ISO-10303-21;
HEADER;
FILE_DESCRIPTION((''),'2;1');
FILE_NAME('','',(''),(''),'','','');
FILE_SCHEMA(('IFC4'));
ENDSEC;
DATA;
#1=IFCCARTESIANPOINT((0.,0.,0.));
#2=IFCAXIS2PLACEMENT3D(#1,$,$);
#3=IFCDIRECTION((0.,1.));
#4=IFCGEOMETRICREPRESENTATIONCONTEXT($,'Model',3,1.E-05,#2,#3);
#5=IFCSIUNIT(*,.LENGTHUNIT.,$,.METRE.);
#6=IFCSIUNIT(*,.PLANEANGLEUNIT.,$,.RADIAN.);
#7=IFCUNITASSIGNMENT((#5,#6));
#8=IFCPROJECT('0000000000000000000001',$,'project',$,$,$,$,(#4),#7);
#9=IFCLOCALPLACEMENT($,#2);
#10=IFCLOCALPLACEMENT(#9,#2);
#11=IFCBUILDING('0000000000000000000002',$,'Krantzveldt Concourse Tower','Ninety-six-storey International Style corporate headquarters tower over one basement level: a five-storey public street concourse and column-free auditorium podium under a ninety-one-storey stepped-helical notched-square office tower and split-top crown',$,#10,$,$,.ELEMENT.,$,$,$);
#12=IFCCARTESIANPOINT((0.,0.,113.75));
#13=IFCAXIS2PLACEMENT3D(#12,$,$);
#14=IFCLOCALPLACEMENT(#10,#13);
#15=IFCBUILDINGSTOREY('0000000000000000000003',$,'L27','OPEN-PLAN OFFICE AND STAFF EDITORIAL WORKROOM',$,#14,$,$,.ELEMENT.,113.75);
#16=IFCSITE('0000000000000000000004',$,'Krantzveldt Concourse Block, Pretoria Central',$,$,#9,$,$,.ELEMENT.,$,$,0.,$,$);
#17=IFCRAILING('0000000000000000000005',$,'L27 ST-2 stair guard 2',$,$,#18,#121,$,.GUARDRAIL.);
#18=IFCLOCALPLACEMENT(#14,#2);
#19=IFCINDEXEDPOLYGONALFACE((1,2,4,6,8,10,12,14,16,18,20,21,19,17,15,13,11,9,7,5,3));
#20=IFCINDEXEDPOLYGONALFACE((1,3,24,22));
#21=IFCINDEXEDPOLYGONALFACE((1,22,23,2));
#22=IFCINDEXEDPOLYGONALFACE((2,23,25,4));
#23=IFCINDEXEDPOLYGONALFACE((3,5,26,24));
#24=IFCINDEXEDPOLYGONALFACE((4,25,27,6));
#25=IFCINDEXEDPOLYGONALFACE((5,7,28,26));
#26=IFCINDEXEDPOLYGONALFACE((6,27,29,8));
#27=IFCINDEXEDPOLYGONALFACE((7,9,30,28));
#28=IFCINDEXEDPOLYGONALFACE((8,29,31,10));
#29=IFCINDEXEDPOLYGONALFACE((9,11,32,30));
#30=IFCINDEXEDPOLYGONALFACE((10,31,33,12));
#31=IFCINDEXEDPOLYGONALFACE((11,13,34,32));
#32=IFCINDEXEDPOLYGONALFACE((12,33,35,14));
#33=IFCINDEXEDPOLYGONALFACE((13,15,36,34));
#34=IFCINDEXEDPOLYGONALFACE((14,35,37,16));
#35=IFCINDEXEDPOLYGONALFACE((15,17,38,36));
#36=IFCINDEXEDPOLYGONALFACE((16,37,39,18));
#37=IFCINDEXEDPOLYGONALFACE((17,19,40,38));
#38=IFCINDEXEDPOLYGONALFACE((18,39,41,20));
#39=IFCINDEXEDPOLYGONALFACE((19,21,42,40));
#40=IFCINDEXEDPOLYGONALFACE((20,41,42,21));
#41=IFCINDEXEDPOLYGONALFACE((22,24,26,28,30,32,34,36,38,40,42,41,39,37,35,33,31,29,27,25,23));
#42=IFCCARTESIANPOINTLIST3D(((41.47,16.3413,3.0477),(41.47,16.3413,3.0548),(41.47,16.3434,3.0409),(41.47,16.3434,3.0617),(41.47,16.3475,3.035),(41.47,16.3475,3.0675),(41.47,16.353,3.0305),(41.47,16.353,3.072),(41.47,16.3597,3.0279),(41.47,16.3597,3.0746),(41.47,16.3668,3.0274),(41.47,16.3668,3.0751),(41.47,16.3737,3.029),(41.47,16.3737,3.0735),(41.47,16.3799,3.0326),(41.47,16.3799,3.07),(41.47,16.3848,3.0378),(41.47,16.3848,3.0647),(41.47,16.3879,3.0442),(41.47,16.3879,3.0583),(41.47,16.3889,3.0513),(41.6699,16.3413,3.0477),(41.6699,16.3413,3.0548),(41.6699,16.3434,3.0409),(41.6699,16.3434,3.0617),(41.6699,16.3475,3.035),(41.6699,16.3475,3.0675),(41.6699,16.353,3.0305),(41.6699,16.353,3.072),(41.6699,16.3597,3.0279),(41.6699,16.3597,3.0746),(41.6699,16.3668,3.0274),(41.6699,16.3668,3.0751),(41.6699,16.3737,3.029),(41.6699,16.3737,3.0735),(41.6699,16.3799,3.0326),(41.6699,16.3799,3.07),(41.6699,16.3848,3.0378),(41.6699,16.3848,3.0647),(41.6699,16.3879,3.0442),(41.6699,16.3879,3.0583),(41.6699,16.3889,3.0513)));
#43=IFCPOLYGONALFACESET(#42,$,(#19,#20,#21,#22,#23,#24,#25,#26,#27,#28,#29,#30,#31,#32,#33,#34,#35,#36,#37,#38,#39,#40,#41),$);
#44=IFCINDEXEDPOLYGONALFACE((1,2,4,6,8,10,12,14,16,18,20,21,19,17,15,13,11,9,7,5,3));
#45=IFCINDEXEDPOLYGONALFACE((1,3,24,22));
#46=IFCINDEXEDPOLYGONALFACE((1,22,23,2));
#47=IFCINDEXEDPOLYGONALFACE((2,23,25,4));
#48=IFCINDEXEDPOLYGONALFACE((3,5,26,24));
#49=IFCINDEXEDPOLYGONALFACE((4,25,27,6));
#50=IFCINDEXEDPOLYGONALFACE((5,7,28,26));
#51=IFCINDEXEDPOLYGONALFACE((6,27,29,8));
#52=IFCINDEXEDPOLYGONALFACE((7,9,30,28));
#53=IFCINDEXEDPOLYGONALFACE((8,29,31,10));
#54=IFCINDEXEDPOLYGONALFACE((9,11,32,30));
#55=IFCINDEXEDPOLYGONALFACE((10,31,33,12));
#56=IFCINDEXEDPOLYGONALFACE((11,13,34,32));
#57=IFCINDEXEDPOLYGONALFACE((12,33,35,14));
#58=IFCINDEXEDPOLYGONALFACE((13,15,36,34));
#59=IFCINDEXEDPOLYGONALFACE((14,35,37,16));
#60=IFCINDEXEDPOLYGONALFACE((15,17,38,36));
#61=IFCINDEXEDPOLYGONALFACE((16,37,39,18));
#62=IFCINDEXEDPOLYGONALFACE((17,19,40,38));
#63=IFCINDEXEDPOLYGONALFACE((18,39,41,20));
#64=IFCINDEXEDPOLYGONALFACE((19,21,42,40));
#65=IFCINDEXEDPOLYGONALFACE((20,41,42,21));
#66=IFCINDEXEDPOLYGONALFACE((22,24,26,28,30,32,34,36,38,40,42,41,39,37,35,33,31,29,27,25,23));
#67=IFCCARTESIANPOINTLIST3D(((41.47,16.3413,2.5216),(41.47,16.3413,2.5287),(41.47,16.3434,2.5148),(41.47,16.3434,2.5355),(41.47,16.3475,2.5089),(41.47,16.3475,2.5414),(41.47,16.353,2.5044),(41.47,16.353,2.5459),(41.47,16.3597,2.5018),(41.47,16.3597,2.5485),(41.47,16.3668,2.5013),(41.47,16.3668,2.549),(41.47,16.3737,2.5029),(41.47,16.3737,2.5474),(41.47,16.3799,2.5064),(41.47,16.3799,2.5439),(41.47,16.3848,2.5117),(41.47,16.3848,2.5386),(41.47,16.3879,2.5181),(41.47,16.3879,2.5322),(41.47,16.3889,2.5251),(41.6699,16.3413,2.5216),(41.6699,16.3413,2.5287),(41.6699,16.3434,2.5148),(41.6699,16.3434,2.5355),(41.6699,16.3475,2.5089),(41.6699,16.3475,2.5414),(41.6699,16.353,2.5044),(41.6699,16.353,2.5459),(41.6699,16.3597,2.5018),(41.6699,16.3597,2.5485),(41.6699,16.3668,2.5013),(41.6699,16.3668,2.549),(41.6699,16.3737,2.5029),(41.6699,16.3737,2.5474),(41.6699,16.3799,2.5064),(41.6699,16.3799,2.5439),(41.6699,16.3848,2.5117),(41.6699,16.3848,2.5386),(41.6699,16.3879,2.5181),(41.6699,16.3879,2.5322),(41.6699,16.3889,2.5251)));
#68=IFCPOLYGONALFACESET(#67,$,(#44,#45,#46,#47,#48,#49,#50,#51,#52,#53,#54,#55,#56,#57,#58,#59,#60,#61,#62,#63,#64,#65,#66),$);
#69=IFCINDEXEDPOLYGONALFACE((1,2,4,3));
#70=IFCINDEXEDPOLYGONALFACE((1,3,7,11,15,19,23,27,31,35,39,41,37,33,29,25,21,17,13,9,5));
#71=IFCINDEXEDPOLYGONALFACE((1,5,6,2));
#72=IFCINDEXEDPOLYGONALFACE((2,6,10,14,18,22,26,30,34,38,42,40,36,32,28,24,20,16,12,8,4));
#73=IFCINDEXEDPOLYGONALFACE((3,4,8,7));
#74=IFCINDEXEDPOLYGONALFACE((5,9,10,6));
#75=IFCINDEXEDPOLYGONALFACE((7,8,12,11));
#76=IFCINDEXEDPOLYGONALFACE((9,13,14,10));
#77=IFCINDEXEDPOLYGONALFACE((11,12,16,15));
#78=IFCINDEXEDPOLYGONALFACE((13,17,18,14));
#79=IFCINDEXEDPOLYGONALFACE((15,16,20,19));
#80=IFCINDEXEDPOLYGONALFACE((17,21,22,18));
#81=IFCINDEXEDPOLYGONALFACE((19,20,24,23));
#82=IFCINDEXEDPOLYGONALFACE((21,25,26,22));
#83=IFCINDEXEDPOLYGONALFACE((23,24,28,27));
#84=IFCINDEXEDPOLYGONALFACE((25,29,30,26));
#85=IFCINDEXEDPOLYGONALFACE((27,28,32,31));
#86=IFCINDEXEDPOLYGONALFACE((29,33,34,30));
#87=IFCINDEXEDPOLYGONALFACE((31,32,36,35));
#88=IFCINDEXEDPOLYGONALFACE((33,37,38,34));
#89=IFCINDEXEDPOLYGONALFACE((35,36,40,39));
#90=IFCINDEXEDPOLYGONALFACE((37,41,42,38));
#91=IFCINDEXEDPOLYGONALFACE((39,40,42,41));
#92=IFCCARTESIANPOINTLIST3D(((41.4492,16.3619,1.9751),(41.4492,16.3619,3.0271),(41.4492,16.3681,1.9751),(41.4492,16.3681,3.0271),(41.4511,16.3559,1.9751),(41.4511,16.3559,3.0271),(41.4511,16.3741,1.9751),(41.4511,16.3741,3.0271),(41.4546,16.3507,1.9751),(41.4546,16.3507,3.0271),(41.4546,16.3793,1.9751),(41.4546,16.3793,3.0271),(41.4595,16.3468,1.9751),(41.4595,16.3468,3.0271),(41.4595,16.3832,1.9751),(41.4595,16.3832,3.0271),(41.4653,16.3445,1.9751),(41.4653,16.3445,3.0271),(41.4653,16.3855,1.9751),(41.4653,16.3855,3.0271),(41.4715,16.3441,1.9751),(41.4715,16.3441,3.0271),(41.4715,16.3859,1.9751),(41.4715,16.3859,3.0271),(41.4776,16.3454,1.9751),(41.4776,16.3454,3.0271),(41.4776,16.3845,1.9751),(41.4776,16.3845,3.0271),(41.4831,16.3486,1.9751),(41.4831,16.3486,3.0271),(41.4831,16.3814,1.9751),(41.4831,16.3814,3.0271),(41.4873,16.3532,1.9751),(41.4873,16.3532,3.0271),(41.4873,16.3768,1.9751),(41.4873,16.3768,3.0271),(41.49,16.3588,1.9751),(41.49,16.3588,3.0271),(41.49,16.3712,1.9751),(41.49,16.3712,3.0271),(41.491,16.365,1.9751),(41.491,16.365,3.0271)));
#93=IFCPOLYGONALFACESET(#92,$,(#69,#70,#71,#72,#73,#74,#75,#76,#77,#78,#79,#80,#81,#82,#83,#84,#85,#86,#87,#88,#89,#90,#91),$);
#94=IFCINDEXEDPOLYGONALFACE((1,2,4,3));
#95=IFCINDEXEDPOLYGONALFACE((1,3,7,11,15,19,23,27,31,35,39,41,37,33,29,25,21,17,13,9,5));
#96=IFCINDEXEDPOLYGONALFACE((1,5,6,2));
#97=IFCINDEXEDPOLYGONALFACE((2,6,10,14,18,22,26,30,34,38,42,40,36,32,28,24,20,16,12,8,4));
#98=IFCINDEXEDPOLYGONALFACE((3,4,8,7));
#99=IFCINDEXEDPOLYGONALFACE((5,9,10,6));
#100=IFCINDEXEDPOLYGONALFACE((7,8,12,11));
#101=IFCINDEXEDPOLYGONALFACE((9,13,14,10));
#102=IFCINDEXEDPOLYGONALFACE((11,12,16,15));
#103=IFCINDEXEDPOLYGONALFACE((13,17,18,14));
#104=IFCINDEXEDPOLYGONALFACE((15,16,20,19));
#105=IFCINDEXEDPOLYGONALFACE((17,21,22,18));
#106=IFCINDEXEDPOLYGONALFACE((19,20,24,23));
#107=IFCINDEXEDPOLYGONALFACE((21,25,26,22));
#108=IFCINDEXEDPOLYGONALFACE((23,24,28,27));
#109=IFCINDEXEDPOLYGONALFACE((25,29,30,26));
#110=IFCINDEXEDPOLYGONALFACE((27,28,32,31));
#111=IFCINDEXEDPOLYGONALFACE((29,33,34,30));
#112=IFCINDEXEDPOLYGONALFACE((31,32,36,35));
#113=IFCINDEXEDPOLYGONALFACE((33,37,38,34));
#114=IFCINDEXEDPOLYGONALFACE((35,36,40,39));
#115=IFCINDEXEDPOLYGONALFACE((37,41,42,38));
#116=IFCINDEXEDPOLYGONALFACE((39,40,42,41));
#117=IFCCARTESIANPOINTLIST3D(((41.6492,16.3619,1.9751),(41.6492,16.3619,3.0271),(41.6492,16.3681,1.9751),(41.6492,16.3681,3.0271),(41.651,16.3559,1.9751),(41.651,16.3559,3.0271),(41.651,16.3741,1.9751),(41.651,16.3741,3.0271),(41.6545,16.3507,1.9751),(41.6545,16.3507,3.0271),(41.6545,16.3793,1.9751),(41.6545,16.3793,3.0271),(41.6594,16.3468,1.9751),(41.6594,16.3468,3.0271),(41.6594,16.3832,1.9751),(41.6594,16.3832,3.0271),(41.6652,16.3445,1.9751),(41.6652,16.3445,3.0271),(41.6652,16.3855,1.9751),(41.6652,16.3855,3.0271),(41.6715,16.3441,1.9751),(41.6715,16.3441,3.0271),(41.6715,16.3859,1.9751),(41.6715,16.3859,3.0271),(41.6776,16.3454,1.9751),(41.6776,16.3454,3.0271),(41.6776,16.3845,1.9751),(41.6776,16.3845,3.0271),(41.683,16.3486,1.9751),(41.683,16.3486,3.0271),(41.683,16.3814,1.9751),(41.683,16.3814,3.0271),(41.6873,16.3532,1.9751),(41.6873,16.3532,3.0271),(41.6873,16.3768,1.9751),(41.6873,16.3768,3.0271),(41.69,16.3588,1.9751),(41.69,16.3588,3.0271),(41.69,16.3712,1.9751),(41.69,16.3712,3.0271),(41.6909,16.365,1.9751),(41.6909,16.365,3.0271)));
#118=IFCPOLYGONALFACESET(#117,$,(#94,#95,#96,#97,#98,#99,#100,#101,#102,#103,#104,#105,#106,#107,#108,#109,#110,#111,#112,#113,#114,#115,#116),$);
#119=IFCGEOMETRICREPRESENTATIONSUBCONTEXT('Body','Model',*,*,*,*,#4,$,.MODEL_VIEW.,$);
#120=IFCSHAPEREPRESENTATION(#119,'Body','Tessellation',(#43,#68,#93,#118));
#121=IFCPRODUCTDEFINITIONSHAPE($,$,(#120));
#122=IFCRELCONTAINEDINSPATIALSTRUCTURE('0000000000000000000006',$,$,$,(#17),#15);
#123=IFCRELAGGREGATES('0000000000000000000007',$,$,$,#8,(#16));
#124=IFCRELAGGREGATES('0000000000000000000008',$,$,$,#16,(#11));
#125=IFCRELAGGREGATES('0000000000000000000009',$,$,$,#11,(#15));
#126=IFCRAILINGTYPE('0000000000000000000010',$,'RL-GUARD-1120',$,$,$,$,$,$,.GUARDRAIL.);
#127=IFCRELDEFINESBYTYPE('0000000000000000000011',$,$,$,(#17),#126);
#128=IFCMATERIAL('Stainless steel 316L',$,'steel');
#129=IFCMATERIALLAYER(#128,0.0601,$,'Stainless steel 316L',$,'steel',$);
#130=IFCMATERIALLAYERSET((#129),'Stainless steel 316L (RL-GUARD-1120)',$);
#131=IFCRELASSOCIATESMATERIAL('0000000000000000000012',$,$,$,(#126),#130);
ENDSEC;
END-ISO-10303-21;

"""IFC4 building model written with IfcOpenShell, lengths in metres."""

from ifc_helpers import new_model, si_unit, direction, frame, origin, origin_2d, place, context, subcontext, project, spatial, circle, extrude, material, layer, layer_set, type_object, element, save


model = new_model("IFC4")

# Units and contexts
model_context = context("Model", 3, precision=1e-05, world=origin(), true_north=direction((0.0, 1.0)))
body_context = subcontext(model_context, "Body", "Model", "MODEL_VIEW")
ifc_project = project(units=[si_unit("LENGTHUNIT", "METRE"), si_unit("PLANEANGLEUNIT", "RADIAN")], contexts=[model_context])

# Site, building, storey
site_placement = place(None, origin())
site = spatial("IfcSite", under=ifc_project, at=site_placement, Name="Krantzveldt Concourse Block, Pretoria Central", CompositionType="ELEMENT", RefElevation=0.0)
building_placement = place(site_placement, origin())
building = spatial("IfcBuilding", under=site, at=building_placement, Name="Krantzveldt Concourse Tower", Description="Ninety-six-storey International Style corporate headquarters tower over one basement level: a five-storey public street concourse and column-free auditorium podium under a ninety-one-storey stepped-helical notched-square office tower and split-top crown", CompositionType="ELEMENT")
storey_placement = place(building_placement, frame((0.0, 0.0, 113.75)))
storey = spatial("IfcBuildingStorey", under=building, at=storey_placement, Name="L27", Description="OPEN-PLAN OFFICE AND STAFF EDITORIAL WORKROOM", CompositionType="ELEMENT", Elevation=113.75)

# Shared definitions
ifc_material_1 = material(Name="Stainless steel 316L", Category="steel")

# Railing
ifc_layer_1 = layer(ifc_material_1, 0.0601, Name="Stainless steel 316L", Category="steel")
ifc_layer_set_1 = layer_set([ifc_layer_1], Name="Stainless steel 316L (RL-GUARD-1120)")
railing_type_1 = type_object("IfcRailingType", Name="RL-GUARD-1120", PredefinedType="GUARDRAIL", material=ifc_layer_set_1)
railing_1_placement = place(storey_placement, frame((41.47, 16.365, 1.9751)))
element("IfcRailing", 1, at=railing_1_placement, inside=storey, type_object=railing_type_1, Name="L27 ST-2 stair guard 2", PredefinedType="GUARDRAIL", context=body_context, shape_type="SweptSolid", body=[
    extrude(circle(Radius=0.0239, at=origin_2d()), frame((0.0, 0.0, 1.0762), z_axis=(1.0, 0.0, 0.0), x_axis=(0.0, 1.0, 0.0)), (0.0, 0.0, 1.0), 0.2),
    extrude(circle(Radius=0.0239, at=origin_2d()), frame((0.0, 0.0, 0.55), z_axis=(1.0, 0.0, 0.0), x_axis=(0.0, 1.0, 0.0)), (0.0, 0.0, 1.0), 0.2),
    extrude(circle(Radius=0.021, at=origin_2d()), origin(), (0.0, 0.0, 1.0), 1.052),
    extrude(circle(Radius=0.021, at=origin_2d()), frame((0.2, 0.0, 0.0)), (0.0, 0.0, 1.0), 1.052),
])

save(model, "model.ifc")
